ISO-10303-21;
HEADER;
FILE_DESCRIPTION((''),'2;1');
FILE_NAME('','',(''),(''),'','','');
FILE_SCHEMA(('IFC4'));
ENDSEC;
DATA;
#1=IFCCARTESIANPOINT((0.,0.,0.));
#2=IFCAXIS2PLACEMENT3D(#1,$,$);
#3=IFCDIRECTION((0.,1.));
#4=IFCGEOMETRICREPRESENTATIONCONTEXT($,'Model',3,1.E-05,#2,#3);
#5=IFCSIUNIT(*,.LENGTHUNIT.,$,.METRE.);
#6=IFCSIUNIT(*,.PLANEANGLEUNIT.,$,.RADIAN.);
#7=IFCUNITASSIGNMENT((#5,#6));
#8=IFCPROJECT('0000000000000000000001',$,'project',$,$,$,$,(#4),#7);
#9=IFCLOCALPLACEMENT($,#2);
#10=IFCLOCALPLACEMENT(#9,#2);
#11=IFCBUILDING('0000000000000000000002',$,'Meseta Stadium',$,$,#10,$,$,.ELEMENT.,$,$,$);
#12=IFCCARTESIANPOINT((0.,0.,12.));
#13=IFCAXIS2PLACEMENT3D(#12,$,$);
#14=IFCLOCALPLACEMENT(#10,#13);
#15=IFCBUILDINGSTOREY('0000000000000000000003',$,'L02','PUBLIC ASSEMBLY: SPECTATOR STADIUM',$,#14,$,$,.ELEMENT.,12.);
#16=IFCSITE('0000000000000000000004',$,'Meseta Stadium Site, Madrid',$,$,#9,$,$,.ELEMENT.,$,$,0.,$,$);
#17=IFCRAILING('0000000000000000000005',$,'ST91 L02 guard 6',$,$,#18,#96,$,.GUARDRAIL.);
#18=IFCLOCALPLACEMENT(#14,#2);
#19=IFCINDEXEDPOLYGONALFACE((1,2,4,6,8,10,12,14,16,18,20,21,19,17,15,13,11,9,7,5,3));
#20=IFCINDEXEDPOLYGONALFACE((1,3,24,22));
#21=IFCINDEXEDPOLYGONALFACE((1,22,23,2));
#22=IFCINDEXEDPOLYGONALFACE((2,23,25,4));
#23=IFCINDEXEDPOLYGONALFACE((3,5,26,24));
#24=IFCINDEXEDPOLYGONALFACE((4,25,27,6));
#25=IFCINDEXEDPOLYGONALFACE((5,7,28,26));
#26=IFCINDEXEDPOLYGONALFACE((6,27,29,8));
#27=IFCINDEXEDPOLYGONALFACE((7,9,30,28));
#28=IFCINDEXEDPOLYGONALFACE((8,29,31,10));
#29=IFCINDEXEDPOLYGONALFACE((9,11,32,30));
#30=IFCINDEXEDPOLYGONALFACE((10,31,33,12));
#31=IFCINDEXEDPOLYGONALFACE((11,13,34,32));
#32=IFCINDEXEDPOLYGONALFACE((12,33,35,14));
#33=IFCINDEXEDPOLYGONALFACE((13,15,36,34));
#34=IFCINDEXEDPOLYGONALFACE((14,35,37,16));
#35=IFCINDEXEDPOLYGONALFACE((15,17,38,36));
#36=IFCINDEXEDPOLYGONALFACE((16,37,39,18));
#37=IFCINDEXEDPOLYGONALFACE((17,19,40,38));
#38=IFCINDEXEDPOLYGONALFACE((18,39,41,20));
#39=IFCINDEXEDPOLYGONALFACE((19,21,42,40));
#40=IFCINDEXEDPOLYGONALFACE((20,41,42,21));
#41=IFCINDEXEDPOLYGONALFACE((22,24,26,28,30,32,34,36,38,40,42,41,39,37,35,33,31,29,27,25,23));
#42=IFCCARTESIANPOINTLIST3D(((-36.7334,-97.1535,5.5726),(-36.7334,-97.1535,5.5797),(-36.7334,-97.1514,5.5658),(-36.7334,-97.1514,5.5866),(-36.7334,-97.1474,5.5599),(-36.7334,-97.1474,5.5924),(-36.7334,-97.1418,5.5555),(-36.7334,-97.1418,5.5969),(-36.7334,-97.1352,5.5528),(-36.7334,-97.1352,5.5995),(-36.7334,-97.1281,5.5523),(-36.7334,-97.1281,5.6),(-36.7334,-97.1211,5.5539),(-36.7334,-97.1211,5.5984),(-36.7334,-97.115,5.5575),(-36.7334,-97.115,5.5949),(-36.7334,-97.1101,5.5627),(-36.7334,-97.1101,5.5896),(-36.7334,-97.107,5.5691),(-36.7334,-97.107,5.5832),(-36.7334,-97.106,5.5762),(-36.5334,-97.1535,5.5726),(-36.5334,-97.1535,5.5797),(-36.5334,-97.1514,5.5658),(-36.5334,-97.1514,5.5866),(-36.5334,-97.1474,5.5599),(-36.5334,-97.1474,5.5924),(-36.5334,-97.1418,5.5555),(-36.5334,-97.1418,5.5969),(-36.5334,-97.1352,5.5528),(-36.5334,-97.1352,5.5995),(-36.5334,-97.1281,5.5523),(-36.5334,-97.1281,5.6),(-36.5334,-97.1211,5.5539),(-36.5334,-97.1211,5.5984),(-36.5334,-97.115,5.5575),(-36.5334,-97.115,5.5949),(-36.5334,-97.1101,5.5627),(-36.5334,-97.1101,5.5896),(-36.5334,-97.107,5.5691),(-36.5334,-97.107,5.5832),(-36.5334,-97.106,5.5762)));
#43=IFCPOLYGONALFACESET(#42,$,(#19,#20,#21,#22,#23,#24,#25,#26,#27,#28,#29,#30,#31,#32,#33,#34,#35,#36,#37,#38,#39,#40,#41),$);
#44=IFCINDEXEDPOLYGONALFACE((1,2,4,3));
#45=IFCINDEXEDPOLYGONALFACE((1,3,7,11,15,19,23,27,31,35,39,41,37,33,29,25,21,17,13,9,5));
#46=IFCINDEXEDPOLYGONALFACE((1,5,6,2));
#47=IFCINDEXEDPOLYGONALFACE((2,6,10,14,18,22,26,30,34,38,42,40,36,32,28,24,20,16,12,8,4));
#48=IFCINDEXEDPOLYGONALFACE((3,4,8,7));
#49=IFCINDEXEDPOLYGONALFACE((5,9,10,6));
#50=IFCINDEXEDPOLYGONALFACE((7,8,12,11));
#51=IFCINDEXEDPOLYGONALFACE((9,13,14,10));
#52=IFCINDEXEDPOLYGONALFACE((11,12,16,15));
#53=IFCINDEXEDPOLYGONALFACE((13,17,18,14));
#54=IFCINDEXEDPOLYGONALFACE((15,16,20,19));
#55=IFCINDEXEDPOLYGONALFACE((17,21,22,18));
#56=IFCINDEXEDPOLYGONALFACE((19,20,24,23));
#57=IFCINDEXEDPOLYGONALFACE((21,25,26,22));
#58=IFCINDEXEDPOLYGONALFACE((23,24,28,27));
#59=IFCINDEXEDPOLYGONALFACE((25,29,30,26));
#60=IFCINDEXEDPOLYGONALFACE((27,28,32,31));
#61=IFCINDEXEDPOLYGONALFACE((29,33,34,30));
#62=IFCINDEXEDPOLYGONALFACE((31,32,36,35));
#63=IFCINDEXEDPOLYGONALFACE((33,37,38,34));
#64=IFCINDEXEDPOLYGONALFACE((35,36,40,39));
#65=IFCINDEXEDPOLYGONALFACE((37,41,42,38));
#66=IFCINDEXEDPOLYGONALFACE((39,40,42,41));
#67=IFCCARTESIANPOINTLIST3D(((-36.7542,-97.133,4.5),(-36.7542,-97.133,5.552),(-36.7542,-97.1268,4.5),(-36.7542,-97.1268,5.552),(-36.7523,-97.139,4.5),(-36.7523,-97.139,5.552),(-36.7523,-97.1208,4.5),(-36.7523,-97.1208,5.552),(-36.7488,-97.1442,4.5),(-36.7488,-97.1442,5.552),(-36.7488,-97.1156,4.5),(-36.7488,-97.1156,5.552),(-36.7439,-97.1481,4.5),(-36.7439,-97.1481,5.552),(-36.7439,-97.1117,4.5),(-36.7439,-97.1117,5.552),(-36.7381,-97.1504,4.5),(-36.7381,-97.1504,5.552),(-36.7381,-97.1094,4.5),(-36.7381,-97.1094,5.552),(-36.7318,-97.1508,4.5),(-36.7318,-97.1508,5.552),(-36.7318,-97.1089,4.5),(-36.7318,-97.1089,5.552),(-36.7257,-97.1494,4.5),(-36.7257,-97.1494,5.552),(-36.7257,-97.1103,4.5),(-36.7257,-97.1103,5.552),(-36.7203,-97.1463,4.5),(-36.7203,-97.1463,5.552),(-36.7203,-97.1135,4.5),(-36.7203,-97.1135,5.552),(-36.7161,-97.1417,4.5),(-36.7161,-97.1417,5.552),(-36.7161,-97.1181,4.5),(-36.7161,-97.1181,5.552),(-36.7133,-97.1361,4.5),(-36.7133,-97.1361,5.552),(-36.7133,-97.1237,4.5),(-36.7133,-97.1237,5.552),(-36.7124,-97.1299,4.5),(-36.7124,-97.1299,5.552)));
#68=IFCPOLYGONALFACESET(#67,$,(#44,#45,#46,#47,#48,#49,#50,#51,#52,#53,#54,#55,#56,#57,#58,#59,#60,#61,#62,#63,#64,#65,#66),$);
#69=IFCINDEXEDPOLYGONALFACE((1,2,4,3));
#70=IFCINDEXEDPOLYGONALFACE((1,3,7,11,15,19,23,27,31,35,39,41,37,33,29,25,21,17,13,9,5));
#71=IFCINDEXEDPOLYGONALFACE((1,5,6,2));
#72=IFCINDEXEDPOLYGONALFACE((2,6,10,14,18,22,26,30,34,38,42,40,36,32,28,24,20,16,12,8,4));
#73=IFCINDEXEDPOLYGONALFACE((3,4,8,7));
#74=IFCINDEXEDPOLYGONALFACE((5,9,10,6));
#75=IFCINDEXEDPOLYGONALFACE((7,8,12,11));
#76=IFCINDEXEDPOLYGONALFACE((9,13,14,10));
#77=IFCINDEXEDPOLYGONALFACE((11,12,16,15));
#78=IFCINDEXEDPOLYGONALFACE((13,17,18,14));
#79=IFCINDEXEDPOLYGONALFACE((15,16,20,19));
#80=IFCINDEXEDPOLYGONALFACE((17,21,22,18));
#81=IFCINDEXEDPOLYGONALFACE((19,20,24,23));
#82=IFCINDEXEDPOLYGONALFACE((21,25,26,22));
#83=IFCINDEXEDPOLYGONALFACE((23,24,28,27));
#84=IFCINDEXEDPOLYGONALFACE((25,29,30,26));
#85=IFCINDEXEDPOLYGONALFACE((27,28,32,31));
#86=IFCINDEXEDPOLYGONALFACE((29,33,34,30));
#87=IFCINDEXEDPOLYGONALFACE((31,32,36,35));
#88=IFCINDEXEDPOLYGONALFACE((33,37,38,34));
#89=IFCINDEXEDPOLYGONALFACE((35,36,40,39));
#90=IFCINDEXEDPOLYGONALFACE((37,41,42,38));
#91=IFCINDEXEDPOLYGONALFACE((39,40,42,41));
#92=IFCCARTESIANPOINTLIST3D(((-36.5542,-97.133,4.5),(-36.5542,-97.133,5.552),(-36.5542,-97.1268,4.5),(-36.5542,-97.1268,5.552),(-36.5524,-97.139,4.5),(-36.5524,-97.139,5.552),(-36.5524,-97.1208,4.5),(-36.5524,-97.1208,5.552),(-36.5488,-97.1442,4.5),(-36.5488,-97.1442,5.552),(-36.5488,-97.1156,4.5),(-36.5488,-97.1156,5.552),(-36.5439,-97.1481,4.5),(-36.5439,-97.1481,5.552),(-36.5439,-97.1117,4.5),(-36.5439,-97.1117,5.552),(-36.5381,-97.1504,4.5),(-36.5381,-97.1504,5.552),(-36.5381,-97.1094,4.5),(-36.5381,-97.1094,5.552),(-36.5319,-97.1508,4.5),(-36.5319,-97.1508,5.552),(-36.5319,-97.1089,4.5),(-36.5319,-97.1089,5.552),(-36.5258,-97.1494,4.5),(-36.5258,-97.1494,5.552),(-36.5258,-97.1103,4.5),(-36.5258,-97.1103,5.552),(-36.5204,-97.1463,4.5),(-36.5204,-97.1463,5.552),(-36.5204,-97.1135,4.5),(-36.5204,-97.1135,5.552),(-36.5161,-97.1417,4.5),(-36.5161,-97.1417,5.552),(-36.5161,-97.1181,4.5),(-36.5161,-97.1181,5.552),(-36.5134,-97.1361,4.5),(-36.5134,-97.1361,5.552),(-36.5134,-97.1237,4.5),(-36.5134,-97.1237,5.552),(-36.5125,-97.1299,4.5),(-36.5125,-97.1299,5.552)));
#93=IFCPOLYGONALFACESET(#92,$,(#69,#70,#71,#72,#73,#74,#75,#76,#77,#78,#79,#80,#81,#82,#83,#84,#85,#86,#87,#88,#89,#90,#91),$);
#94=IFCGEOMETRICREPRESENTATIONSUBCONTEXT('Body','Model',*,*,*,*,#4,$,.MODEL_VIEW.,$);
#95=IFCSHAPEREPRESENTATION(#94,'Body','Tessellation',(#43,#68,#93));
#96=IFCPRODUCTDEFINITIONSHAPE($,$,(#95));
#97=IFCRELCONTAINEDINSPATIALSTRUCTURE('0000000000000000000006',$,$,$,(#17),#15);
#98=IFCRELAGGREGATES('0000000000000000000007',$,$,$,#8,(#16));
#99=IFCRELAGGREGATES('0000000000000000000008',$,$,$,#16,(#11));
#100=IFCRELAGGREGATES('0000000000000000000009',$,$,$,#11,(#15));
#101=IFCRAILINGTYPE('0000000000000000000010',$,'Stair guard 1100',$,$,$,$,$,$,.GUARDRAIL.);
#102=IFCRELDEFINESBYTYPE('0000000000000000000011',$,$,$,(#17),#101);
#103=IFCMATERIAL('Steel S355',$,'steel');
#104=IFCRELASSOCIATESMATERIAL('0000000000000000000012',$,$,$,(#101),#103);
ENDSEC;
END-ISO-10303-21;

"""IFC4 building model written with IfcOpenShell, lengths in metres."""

from ifc_helpers import new_model, si_unit, direction, frame, origin, origin_2d, place, context, subcontext, project, spatial, circle, extrude, material, type_object, element, save


model = new_model("IFC4")

# Units and contexts
model_context = context("Model", 3, precision=1e-05, world=origin(), true_north=direction((0.0, 1.0)))
body_context = subcontext(model_context, "Body", "Model", "MODEL_VIEW")
ifc_project = project(units=[si_unit("LENGTHUNIT", "METRE"), si_unit("PLANEANGLEUNIT", "RADIAN")], contexts=[model_context])

# Site, building, storey
site_placement = place(None, origin())
site = spatial("IfcSite", under=ifc_project, at=site_placement, Name="Meseta Stadium Site, Madrid", CompositionType="ELEMENT", RefElevation=0.0)
building_placement = place(site_placement, origin())
building = spatial("IfcBuilding", under=site, at=building_placement, Name="Meseta Stadium", CompositionType="ELEMENT")
storey_placement = place(building_placement, frame((0.0, 0.0, 12.0)))
storey = spatial("IfcBuildingStorey", under=building, at=storey_placement, Name="L02", Description="PUBLIC ASSEMBLY: SPECTATOR STADIUM", CompositionType="ELEMENT", Elevation=12.0)

# Railing
ifc_material_1 = material(Name="Steel S355", Category="steel")
railing_type_1 = type_object("IfcRailingType", Name="Stair guard 1100", PredefinedType="GUARDRAIL", material=ifc_material_1)
railing_1_placement = place(storey_placement, frame((-36.7334, -97.1299, 4.5)))
element("IfcRailing", 1, at=railing_1_placement, inside=storey, type_object=railing_type_1, Name="ST91 L02 guard 6", PredefinedType="GUARDRAIL", context=body_context, shape_type="SweptSolid", body=[
    extrude(circle(Radius=0.0239, at=origin_2d()), frame((0.0, 0.0, 1.0762), z_axis=(1.0, 0.0, 0.0), x_axis=(0.0, 1.0, 0.0)), (0.0, 0.0, 1.0), 0.2),
    extrude(circle(Radius=0.021, at=origin_2d()), origin(), (0.0, 0.0, 1.0), 1.052),
    extrude(circle(Radius=0.021, at=origin_2d()), frame((0.2, 0.0, 0.0)), (0.0, 0.0, 1.0), 1.052),
])

save(model, "model.ifc")
